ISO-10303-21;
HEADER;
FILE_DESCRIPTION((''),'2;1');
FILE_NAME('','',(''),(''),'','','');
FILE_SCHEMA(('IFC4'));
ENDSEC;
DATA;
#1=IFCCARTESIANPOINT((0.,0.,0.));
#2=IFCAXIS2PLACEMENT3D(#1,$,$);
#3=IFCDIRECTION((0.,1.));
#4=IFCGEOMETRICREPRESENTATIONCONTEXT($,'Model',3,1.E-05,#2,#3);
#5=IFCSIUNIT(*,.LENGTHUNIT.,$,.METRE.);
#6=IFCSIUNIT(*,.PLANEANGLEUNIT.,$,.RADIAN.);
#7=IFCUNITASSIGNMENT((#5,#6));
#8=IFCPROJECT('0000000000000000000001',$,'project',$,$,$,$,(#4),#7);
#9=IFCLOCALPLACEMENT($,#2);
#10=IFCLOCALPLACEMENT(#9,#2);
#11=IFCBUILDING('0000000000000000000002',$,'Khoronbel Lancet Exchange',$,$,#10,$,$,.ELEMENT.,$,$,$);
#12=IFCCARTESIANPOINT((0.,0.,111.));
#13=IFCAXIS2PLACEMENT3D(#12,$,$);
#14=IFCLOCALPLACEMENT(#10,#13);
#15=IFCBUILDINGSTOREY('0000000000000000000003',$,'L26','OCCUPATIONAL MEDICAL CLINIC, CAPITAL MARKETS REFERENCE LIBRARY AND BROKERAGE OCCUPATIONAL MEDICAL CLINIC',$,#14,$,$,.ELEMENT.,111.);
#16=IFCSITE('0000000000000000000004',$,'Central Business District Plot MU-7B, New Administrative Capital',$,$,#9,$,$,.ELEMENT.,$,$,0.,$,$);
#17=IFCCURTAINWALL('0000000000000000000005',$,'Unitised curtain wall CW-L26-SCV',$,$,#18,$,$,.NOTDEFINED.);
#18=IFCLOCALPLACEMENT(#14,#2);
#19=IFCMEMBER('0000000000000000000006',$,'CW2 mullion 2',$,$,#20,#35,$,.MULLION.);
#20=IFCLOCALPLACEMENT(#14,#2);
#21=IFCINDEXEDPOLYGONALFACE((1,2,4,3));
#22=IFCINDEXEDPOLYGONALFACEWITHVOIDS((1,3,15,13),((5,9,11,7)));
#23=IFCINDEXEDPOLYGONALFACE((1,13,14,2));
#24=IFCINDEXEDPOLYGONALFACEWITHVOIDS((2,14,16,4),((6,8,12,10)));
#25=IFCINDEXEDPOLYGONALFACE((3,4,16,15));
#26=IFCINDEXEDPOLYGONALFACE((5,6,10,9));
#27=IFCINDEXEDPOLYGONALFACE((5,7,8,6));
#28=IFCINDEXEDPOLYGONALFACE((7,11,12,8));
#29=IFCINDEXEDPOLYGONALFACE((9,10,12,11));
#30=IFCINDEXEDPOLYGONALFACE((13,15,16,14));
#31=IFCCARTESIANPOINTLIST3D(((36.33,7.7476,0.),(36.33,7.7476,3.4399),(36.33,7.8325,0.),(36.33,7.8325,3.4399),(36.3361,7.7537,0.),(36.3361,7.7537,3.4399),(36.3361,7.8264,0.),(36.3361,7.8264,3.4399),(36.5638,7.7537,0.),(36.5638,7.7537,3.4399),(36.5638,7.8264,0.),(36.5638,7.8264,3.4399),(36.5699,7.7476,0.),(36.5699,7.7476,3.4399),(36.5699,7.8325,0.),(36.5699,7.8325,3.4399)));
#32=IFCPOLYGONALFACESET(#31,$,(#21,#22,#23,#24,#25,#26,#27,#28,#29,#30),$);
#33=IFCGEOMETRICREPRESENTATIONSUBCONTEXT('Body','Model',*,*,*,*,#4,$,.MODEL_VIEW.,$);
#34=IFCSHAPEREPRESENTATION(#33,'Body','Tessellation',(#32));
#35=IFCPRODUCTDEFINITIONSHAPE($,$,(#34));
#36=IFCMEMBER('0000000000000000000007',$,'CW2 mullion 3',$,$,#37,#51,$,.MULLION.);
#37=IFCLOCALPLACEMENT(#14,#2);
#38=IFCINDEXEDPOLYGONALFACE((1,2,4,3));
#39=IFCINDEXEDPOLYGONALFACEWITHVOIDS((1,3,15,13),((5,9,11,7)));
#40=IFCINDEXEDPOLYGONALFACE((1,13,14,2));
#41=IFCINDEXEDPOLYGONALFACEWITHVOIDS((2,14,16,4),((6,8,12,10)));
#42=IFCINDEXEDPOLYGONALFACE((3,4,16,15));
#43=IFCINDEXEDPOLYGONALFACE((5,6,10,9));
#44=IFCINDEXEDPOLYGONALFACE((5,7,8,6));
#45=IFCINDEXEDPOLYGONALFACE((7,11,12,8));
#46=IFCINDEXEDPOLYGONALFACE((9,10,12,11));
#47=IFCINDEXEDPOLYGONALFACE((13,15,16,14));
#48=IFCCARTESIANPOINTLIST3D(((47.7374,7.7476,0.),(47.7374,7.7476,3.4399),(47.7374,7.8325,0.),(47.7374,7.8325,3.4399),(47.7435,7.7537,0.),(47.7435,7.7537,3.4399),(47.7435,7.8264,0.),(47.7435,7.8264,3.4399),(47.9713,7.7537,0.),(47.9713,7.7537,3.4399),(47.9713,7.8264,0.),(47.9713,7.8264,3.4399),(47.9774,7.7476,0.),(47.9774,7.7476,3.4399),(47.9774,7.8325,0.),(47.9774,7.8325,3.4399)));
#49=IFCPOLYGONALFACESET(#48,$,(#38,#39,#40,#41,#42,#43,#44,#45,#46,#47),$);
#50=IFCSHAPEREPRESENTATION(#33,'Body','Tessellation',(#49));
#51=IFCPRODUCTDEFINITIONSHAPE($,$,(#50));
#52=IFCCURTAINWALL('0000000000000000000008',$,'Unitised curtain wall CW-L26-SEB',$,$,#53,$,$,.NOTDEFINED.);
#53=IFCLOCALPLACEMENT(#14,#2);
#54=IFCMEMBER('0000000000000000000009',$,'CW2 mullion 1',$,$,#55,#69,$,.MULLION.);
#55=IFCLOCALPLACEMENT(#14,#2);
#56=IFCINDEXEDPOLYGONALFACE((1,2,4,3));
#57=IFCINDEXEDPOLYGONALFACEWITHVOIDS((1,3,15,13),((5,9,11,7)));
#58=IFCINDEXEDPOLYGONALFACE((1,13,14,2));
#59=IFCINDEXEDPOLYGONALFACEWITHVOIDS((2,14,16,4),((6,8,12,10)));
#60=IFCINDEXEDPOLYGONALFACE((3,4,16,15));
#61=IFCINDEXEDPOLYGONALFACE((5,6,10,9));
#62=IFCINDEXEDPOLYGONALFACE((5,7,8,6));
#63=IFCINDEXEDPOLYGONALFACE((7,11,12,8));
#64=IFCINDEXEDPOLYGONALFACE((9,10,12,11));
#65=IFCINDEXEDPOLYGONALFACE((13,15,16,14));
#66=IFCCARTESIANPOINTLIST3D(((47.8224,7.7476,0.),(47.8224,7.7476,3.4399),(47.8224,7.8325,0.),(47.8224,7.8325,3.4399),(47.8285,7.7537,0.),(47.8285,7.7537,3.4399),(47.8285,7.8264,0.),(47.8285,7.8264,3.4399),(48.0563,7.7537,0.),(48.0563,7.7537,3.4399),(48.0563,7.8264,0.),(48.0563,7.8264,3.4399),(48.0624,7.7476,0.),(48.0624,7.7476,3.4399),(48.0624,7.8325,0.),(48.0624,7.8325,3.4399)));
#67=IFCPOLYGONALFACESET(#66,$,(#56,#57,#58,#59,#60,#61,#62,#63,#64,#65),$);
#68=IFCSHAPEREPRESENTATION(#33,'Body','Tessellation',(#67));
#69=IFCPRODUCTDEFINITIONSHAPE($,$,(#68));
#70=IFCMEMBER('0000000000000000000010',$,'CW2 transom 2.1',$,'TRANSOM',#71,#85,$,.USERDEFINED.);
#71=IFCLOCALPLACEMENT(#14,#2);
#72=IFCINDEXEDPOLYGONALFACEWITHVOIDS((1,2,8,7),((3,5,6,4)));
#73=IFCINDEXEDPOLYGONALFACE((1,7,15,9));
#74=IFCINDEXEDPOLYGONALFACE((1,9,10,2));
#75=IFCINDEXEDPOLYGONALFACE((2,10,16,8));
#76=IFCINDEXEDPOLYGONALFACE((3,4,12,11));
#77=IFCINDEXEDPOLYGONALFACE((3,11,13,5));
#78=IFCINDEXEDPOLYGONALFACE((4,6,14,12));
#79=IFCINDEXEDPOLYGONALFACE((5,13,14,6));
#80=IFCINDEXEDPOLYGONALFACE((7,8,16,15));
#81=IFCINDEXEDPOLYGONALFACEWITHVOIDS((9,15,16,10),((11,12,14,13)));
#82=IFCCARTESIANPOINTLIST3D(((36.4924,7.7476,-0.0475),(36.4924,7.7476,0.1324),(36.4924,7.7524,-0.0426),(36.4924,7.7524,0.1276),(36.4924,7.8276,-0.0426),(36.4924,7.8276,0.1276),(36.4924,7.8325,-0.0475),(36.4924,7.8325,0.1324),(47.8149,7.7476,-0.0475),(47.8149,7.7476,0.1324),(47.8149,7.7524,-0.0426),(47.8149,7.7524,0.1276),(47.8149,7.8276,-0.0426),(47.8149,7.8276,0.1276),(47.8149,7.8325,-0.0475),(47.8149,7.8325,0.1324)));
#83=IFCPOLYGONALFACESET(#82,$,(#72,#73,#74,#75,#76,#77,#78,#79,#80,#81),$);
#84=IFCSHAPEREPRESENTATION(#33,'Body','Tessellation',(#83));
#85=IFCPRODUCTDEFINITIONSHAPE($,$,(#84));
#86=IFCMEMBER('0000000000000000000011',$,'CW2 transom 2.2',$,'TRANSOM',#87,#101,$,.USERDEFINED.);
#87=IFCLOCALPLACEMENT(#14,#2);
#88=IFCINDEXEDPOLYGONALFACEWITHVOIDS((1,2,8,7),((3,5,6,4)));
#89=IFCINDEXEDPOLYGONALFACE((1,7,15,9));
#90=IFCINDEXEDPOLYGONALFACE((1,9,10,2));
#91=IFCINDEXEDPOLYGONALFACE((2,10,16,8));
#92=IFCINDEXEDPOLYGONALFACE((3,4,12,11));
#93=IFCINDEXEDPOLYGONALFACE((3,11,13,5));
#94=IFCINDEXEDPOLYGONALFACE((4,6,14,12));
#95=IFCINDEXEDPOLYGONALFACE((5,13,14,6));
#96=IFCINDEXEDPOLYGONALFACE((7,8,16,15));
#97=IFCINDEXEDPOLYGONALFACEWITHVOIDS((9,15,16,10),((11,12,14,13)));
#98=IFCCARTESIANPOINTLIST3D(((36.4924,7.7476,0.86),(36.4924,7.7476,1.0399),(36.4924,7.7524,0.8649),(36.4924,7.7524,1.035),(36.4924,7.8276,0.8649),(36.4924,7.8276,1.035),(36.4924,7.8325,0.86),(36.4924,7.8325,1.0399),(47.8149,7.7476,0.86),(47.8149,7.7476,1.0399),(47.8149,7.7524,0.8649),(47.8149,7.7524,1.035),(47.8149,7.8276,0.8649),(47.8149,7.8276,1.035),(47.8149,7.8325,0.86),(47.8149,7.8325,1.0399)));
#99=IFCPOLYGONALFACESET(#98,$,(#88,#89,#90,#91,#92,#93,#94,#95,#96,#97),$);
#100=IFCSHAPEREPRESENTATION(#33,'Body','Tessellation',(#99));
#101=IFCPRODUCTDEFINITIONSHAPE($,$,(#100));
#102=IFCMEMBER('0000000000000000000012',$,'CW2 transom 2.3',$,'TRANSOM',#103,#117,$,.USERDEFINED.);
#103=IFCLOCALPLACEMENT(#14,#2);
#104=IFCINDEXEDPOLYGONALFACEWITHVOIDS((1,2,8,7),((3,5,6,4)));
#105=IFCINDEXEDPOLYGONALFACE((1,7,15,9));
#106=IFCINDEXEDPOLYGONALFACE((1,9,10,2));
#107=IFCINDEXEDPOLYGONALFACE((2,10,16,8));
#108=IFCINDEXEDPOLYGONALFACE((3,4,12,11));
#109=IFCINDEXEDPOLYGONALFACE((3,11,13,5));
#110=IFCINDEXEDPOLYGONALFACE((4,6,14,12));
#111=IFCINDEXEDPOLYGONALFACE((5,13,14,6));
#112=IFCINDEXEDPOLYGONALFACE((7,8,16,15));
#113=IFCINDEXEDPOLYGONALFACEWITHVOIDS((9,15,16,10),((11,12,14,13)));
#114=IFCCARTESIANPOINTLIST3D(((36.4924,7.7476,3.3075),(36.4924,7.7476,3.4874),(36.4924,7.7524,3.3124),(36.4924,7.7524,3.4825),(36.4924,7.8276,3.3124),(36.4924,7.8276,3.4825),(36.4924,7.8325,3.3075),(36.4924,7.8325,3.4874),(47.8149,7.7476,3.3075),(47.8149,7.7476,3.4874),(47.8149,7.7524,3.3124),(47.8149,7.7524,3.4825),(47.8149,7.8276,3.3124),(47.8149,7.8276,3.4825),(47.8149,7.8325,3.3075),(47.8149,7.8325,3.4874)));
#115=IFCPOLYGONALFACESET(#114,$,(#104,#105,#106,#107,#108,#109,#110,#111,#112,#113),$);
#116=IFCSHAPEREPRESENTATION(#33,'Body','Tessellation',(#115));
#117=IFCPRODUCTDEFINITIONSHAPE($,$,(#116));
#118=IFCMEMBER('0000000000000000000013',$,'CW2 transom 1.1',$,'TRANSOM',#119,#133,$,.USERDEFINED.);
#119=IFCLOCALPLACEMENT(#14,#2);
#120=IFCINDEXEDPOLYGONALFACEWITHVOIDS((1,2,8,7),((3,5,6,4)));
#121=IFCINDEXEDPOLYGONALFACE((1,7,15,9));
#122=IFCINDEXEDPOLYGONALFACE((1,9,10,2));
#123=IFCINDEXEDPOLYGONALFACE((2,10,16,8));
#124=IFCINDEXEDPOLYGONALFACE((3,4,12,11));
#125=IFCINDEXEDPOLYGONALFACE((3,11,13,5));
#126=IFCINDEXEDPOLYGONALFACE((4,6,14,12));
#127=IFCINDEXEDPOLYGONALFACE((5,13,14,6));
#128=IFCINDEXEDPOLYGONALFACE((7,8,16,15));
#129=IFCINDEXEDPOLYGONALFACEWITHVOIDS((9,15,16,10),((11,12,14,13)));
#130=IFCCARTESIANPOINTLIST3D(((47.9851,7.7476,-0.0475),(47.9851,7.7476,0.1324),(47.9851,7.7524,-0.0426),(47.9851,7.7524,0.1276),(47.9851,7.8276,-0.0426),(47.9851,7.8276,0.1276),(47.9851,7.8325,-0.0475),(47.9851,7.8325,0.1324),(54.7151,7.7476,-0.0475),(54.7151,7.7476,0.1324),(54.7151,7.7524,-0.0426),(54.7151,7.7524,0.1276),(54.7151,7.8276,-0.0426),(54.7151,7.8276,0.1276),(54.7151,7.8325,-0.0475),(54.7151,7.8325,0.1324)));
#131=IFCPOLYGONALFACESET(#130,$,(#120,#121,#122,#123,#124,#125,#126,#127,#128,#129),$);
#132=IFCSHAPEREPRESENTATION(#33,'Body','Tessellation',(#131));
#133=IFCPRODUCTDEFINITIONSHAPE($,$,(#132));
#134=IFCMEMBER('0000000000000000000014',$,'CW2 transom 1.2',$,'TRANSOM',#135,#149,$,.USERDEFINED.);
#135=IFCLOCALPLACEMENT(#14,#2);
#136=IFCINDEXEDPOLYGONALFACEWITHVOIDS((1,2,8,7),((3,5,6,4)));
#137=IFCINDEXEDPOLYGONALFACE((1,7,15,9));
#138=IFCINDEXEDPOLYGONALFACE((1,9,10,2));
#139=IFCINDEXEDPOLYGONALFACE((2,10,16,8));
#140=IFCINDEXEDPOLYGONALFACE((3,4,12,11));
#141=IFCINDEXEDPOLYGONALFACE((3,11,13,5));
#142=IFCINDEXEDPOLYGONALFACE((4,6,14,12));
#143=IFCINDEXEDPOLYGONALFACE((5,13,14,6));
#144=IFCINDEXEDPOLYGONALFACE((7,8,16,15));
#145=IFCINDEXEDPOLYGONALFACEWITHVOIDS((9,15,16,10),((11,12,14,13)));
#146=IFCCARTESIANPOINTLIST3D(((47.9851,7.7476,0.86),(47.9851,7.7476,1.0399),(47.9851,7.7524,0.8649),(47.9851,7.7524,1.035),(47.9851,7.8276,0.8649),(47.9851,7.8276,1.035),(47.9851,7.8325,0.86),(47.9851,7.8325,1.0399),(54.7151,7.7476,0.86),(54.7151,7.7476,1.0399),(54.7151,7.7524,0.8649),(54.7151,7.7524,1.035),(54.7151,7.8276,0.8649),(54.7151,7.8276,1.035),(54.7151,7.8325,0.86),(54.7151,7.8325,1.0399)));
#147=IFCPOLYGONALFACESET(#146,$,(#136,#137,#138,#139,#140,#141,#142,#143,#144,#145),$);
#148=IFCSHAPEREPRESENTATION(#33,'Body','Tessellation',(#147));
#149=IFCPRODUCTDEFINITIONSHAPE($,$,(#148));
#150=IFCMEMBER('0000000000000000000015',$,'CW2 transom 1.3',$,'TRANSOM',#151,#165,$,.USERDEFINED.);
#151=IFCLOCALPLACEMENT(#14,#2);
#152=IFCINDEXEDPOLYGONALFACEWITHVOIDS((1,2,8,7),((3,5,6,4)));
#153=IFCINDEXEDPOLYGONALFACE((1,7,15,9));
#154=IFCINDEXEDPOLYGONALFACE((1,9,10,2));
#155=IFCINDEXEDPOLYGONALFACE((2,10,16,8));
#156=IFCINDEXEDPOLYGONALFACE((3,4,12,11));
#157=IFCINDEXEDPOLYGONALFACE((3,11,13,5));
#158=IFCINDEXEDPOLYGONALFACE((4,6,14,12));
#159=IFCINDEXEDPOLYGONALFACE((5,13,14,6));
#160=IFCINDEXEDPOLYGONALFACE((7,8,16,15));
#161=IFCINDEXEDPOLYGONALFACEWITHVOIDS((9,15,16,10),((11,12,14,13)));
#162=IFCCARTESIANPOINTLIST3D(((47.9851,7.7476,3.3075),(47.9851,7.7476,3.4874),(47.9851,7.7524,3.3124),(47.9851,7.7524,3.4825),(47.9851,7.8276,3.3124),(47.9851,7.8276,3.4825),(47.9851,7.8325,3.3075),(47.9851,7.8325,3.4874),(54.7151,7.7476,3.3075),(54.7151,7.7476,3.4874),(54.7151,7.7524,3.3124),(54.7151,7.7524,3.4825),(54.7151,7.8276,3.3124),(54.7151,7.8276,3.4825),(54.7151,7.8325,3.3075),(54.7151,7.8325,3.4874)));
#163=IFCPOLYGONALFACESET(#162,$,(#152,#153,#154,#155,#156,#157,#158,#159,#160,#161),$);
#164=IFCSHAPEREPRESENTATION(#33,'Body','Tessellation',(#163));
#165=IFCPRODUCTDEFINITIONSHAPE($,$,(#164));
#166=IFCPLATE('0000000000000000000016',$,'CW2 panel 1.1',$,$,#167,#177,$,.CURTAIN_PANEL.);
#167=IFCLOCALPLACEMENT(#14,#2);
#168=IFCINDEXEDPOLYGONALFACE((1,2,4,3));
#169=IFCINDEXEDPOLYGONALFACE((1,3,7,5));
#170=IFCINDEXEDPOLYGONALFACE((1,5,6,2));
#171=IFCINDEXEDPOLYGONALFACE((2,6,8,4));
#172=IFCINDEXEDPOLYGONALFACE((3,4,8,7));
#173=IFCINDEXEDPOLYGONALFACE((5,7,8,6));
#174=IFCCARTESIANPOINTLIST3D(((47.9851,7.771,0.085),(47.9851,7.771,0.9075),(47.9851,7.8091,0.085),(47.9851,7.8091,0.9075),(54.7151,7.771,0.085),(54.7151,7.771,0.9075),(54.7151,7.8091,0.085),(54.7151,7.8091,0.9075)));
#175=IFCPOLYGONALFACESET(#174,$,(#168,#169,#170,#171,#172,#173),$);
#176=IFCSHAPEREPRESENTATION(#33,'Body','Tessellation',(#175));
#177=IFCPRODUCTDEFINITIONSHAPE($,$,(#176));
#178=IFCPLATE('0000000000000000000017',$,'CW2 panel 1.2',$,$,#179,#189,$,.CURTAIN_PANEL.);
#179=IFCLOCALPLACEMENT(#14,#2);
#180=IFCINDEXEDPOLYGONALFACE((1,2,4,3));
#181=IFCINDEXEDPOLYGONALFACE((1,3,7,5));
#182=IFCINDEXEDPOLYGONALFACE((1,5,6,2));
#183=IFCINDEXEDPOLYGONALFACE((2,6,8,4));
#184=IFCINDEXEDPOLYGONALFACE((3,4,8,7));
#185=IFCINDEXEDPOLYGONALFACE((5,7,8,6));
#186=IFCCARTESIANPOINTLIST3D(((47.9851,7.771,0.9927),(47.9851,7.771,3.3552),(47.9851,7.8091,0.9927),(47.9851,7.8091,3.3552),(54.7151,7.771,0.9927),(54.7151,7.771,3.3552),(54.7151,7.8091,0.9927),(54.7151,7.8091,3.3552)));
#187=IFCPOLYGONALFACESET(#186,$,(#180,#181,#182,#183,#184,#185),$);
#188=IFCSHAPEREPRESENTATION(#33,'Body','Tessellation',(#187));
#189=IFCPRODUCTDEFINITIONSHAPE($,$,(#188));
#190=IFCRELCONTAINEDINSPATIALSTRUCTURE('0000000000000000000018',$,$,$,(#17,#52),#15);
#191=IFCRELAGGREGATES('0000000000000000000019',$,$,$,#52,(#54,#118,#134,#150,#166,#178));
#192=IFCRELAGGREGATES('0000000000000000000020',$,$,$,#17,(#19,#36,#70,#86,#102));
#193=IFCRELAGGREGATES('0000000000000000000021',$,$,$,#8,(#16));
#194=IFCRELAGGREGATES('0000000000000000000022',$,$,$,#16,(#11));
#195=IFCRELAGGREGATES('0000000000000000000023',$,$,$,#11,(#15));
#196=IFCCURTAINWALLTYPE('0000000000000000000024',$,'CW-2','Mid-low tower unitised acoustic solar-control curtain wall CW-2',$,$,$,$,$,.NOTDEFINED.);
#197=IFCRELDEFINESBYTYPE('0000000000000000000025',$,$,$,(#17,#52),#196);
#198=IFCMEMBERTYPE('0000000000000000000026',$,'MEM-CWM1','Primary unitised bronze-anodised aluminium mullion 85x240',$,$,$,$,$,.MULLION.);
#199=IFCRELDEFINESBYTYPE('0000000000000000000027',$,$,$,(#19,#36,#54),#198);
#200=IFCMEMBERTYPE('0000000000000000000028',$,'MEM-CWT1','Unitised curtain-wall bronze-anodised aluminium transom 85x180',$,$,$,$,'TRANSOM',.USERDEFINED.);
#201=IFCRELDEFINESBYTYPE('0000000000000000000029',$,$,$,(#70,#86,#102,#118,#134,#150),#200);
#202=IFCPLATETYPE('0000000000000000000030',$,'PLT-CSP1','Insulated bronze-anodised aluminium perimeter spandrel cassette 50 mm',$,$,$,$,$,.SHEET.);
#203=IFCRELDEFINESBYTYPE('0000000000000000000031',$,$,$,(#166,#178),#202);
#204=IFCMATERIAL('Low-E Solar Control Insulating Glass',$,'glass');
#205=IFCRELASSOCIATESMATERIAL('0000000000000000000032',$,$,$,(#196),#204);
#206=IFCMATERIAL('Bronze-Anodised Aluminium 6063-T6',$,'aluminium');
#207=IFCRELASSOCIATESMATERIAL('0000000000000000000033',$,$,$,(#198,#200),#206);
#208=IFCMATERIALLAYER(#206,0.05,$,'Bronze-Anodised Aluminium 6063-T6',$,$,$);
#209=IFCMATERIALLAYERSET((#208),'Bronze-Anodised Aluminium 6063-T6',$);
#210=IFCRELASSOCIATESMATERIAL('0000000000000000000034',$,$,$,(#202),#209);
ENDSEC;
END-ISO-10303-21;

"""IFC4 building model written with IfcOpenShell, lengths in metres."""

from ifc_helpers import new_model, si_unit, direction, frame, origin, origin_2d, place, context, subcontext, project, spatial, rectangle, hollow_rectangle, extrude, material, layer, layer_set, material_profile, profile_set, type_object, element, aggregate, save


model = new_model("IFC4")

# Units and contexts
model_context = context("Model", 3, precision=1e-05, world=origin(), true_north=direction((0.0, 1.0)))
body_context = subcontext(model_context, "Body", "Model", "MODEL_VIEW")
ifc_project = project(units=[si_unit("LENGTHUNIT", "METRE"), si_unit("PLANEANGLEUNIT", "RADIAN")], contexts=[model_context])

# Site, building, storey
site_placement = place(None, origin())
site = spatial("IfcSite", under=ifc_project, at=site_placement, Name="Central Business District Plot MU-7B, New Administrative Capital", CompositionType="ELEMENT", RefElevation=0.0)
building_placement = place(site_placement, origin())
building = spatial("IfcBuilding", under=site, at=building_placement, Name="Khoronbel Lancet Exchange", CompositionType="ELEMENT")
storey_placement = place(building_placement, frame((0.0, 0.0, 111.0)))
storey = spatial("IfcBuildingStorey", under=building, at=storey_placement, Name="L26", Description="OCCUPATIONAL MEDICAL CLINIC, CAPITAL MARKETS REFERENCE LIBRARY AND BROKERAGE OCCUPATIONAL MEDICAL CLINIC", CompositionType="ELEMENT", Elevation=111.0)

# Curtain wall, members
ifc_material_1 = material(Name="Low-E Solar Control Insulating Glass", Category="glass")
curtain_wall_type = type_object("IfcCurtainWallType", Name="CW-2", Description="Mid-low tower unitised acoustic solar-control curtain wall CW-2", PredefinedType="NOTDEFINED", material=ifc_material_1)
curtain_wall_1_placement = place(storey_placement, origin())
curtain_wall_1 = element("IfcCurtainWall", 1, at=curtain_wall_1_placement, inside=storey, type_object=curtain_wall_type, Name="Unitised curtain wall CW-L26-SCV", PredefinedType="NOTDEFINED")
ifc_material_2 = material(Name="Bronze-Anodised Aluminium 6063-T6", Category="aluminium")
ifc_material_profile_1 = material_profile(ifc_material_2, hollow_rectangle(XDim=0.085, YDim=0.24, WallThickness=0.0061, at=origin_2d()), Name="ALU MULLION 85x240")
ifc_profile_set_1 = profile_set([ifc_material_profile_1], Name="Bronze-Anodised Aluminium 6063-T6")
member_type_1 = type_object("IfcMemberType", Name="MEM-CWM1", Description="Primary unitised bronze-anodised aluminium mullion 85x240", PredefinedType="MULLION", material=ifc_profile_set_1)
member_1_placement = place(storey_placement, frame((36.45, 7.79, 0.0), z_axis=(0.0, 0.0, 1.0), x_axis=(0.0, 1.0, 0.0)))
member_1 = element("IfcMember", 2, at=member_1_placement, type_object=member_type_1, Name="CW2 mullion 2", PredefinedType="MULLION", context=body_context, shape_type="SweptSolid", body=[
    extrude(hollow_rectangle(XDim=0.085, YDim=0.24, WallThickness=0.0061, at=origin_2d()), origin(), (0.0, 0.0, 1.0), 3.4399),
])
member_2_placement = place(storey_placement, frame((47.8574, 7.79, 0.0), z_axis=(0.0, 0.0, 1.0), x_axis=(0.0, 1.0, 0.0)))
member_2 = element("IfcMember", 3, at=member_2_placement, type_object=member_type_1, Name="CW2 mullion 3", PredefinedType="MULLION", context=body_context, shape_type="SweptSolid", body=[
    extrude(hollow_rectangle(XDim=0.085, YDim=0.24, WallThickness=0.0061, at=origin_2d()), origin(), (0.0, 0.0, 1.0), 3.4399),
])

# Curtain wall, member
curtain_wall_2_placement = place(storey_placement, origin())
curtain_wall_2 = element("IfcCurtainWall", 4, at=curtain_wall_2_placement, inside=storey, type_object=curtain_wall_type, Name="Unitised curtain wall CW-L26-SEB", PredefinedType="NOTDEFINED")
member_3_placement = place(storey_placement, frame((47.9424, 7.79, 0.0), z_axis=(0.0, 0.0, 1.0), x_axis=(0.0, 1.0, 0.0)))
member_3 = element("IfcMember", 5, at=member_3_placement, type_object=member_type_1, Name="CW2 mullion 1", PredefinedType="MULLION", context=body_context, shape_type="SweptSolid", body=[
    extrude(hollow_rectangle(XDim=0.085, YDim=0.24, WallThickness=0.0061, at=origin_2d()), origin(), (0.0, 0.0, 1.0), 3.4399),
])

# Members
ifc_material_profile_2 = material_profile(ifc_material_2, hollow_rectangle(XDim=0.085, YDim=0.1799, WallThickness=0.0049, at=origin_2d()), Name="ALU TRANSOM 85x180")
ifc_profile_set_2 = profile_set([ifc_material_profile_2], Name="Bronze-Anodised Aluminium 6063-T6")
member_type_2 = type_object("IfcMemberType", Name="MEM-CWT1", Description="Unitised curtain-wall bronze-anodised aluminium transom 85x180", ElementType="TRANSOM", PredefinedType="USERDEFINED", material=ifc_profile_set_2)
member_4_placement = place(storey_placement, frame((36.4924, 7.79, 0.0425), z_axis=(1.0, 0.0, 0.0), x_axis=(0.0, 1.0, 0.0)))
member_4 = element("IfcMember", 6, at=member_4_placement, type_object=member_type_2, Name="CW2 transom 2.1", ObjectType="TRANSOM", PredefinedType="USERDEFINED", context=body_context, shape_type="SweptSolid", body=[
    extrude(hollow_rectangle(XDim=0.085, YDim=0.1799, WallThickness=0.0049, at=origin_2d()), origin(), (0.0, 0.0, 1.0), 11.3225),
])
member_5_placement = place(storey_placement, frame((36.4924, 7.79, 0.95), z_axis=(1.0, 0.0, 0.0), x_axis=(0.0, 1.0, 0.0)))
member_5 = element("IfcMember", 7, at=member_5_placement, type_object=member_type_2, Name="CW2 transom 2.2", ObjectType="TRANSOM", PredefinedType="USERDEFINED", context=body_context, shape_type="SweptSolid", body=[
    extrude(hollow_rectangle(XDim=0.085, YDim=0.1799, WallThickness=0.0049, at=origin_2d()), origin(), (0.0, 0.0, 1.0), 11.3225),
])
member_6_placement = place(storey_placement, frame((36.4924, 7.79, 3.3975), z_axis=(1.0, 0.0, 0.0), x_axis=(0.0, 1.0, 0.0)))
member_6 = element("IfcMember", 8, at=member_6_placement, type_object=member_type_2, Name="CW2 transom 2.3", ObjectType="TRANSOM", PredefinedType="USERDEFINED", context=body_context, shape_type="SweptSolid", body=[
    extrude(hollow_rectangle(XDim=0.085, YDim=0.1799, WallThickness=0.0049, at=origin_2d()), origin(), (0.0, 0.0, 1.0), 11.3225),
])
member_7_placement = place(storey_placement, frame((47.9851, 7.79, 0.0425), z_axis=(1.0, 0.0, 0.0), x_axis=(0.0, 1.0, 0.0)))
member_7 = element("IfcMember", 9, at=member_7_placement, type_object=member_type_2, Name="CW2 transom 1.1", ObjectType="TRANSOM", PredefinedType="USERDEFINED", context=body_context, shape_type="SweptSolid", body=[
    extrude(hollow_rectangle(XDim=0.085, YDim=0.1799, WallThickness=0.0049, at=origin_2d()), origin(), (0.0, 0.0, 1.0), 6.73),
])
member_8_placement = place(storey_placement, frame((47.9851, 7.79, 0.95), z_axis=(1.0, 0.0, 0.0), x_axis=(0.0, 1.0, 0.0)))
member_8 = element("IfcMember", 10, at=member_8_placement, type_object=member_type_2, Name="CW2 transom 1.2", ObjectType="TRANSOM", PredefinedType="USERDEFINED", context=body_context, shape_type="SweptSolid", body=[
    extrude(hollow_rectangle(XDim=0.085, YDim=0.1799, WallThickness=0.0049, at=origin_2d()), origin(), (0.0, 0.0, 1.0), 6.73),
])
member_9_placement = place(storey_placement, frame((47.9851, 7.79, 3.3975), z_axis=(1.0, 0.0, 0.0), x_axis=(0.0, 1.0, 0.0)))
member_9 = element("IfcMember", 11, at=member_9_placement, type_object=member_type_2, Name="CW2 transom 1.3", ObjectType="TRANSOM", PredefinedType="USERDEFINED", context=body_context, shape_type="SweptSolid", body=[
    extrude(hollow_rectangle(XDim=0.085, YDim=0.1799, WallThickness=0.0049, at=origin_2d()), origin(), (0.0, 0.0, 1.0), 6.73),
])

# Plates
ifc_layer_1 = layer(ifc_material_2, 0.05, Name="Bronze-Anodised Aluminium 6063-T6")
ifc_layer_set_1 = layer_set([ifc_layer_1], Name="Bronze-Anodised Aluminium 6063-T6")
plate_type_1 = type_object("IfcPlateType", Name="PLT-CSP1", Description="Insulated bronze-anodised aluminium perimeter spandrel cassette 50 mm", PredefinedType="SHEET", material=ifc_layer_set_1)
plate_1_placement = place(storey_placement, frame((51.3501, 7.79, 0.085), z_axis=(0.0, 0.0, 1.0), x_axis=(1.0, 0.0, 0.0)))
plate_1 = element("IfcPlate", 12, at=plate_1_placement, type_object=plate_type_1, Name="CW2 panel 1.1", PredefinedType="CURTAIN_PANEL", context=body_context, shape_type="SweptSolid", body=[
    extrude(rectangle(XDim=6.73, YDim=0.0381, at=origin_2d()), origin(), (0.0, 0.0, 1.0), 0.8225),
])
plate_2_placement = place(storey_placement, frame((51.3501, 7.79, 0.9927), z_axis=(0.0, 0.0, 1.0), x_axis=(1.0, 0.0, 0.0)))
plate_2 = element("IfcPlate", 13, at=plate_2_placement, type_object=plate_type_1, Name="CW2 panel 1.2", PredefinedType="CURTAIN_PANEL", context=body_context, shape_type="SweptSolid", body=[
    extrude(rectangle(XDim=6.73, YDim=0.0381, at=origin_2d()), origin(), (0.0, 0.0, 1.0), 2.3625),
])
aggregate(curtain_wall_2, [member_3, member_7, member_8, member_9, plate_1, plate_2])
aggregate(curtain_wall_1, [member_1, member_2, member_4, member_5, member_6])

save(model, "model.ifc")
